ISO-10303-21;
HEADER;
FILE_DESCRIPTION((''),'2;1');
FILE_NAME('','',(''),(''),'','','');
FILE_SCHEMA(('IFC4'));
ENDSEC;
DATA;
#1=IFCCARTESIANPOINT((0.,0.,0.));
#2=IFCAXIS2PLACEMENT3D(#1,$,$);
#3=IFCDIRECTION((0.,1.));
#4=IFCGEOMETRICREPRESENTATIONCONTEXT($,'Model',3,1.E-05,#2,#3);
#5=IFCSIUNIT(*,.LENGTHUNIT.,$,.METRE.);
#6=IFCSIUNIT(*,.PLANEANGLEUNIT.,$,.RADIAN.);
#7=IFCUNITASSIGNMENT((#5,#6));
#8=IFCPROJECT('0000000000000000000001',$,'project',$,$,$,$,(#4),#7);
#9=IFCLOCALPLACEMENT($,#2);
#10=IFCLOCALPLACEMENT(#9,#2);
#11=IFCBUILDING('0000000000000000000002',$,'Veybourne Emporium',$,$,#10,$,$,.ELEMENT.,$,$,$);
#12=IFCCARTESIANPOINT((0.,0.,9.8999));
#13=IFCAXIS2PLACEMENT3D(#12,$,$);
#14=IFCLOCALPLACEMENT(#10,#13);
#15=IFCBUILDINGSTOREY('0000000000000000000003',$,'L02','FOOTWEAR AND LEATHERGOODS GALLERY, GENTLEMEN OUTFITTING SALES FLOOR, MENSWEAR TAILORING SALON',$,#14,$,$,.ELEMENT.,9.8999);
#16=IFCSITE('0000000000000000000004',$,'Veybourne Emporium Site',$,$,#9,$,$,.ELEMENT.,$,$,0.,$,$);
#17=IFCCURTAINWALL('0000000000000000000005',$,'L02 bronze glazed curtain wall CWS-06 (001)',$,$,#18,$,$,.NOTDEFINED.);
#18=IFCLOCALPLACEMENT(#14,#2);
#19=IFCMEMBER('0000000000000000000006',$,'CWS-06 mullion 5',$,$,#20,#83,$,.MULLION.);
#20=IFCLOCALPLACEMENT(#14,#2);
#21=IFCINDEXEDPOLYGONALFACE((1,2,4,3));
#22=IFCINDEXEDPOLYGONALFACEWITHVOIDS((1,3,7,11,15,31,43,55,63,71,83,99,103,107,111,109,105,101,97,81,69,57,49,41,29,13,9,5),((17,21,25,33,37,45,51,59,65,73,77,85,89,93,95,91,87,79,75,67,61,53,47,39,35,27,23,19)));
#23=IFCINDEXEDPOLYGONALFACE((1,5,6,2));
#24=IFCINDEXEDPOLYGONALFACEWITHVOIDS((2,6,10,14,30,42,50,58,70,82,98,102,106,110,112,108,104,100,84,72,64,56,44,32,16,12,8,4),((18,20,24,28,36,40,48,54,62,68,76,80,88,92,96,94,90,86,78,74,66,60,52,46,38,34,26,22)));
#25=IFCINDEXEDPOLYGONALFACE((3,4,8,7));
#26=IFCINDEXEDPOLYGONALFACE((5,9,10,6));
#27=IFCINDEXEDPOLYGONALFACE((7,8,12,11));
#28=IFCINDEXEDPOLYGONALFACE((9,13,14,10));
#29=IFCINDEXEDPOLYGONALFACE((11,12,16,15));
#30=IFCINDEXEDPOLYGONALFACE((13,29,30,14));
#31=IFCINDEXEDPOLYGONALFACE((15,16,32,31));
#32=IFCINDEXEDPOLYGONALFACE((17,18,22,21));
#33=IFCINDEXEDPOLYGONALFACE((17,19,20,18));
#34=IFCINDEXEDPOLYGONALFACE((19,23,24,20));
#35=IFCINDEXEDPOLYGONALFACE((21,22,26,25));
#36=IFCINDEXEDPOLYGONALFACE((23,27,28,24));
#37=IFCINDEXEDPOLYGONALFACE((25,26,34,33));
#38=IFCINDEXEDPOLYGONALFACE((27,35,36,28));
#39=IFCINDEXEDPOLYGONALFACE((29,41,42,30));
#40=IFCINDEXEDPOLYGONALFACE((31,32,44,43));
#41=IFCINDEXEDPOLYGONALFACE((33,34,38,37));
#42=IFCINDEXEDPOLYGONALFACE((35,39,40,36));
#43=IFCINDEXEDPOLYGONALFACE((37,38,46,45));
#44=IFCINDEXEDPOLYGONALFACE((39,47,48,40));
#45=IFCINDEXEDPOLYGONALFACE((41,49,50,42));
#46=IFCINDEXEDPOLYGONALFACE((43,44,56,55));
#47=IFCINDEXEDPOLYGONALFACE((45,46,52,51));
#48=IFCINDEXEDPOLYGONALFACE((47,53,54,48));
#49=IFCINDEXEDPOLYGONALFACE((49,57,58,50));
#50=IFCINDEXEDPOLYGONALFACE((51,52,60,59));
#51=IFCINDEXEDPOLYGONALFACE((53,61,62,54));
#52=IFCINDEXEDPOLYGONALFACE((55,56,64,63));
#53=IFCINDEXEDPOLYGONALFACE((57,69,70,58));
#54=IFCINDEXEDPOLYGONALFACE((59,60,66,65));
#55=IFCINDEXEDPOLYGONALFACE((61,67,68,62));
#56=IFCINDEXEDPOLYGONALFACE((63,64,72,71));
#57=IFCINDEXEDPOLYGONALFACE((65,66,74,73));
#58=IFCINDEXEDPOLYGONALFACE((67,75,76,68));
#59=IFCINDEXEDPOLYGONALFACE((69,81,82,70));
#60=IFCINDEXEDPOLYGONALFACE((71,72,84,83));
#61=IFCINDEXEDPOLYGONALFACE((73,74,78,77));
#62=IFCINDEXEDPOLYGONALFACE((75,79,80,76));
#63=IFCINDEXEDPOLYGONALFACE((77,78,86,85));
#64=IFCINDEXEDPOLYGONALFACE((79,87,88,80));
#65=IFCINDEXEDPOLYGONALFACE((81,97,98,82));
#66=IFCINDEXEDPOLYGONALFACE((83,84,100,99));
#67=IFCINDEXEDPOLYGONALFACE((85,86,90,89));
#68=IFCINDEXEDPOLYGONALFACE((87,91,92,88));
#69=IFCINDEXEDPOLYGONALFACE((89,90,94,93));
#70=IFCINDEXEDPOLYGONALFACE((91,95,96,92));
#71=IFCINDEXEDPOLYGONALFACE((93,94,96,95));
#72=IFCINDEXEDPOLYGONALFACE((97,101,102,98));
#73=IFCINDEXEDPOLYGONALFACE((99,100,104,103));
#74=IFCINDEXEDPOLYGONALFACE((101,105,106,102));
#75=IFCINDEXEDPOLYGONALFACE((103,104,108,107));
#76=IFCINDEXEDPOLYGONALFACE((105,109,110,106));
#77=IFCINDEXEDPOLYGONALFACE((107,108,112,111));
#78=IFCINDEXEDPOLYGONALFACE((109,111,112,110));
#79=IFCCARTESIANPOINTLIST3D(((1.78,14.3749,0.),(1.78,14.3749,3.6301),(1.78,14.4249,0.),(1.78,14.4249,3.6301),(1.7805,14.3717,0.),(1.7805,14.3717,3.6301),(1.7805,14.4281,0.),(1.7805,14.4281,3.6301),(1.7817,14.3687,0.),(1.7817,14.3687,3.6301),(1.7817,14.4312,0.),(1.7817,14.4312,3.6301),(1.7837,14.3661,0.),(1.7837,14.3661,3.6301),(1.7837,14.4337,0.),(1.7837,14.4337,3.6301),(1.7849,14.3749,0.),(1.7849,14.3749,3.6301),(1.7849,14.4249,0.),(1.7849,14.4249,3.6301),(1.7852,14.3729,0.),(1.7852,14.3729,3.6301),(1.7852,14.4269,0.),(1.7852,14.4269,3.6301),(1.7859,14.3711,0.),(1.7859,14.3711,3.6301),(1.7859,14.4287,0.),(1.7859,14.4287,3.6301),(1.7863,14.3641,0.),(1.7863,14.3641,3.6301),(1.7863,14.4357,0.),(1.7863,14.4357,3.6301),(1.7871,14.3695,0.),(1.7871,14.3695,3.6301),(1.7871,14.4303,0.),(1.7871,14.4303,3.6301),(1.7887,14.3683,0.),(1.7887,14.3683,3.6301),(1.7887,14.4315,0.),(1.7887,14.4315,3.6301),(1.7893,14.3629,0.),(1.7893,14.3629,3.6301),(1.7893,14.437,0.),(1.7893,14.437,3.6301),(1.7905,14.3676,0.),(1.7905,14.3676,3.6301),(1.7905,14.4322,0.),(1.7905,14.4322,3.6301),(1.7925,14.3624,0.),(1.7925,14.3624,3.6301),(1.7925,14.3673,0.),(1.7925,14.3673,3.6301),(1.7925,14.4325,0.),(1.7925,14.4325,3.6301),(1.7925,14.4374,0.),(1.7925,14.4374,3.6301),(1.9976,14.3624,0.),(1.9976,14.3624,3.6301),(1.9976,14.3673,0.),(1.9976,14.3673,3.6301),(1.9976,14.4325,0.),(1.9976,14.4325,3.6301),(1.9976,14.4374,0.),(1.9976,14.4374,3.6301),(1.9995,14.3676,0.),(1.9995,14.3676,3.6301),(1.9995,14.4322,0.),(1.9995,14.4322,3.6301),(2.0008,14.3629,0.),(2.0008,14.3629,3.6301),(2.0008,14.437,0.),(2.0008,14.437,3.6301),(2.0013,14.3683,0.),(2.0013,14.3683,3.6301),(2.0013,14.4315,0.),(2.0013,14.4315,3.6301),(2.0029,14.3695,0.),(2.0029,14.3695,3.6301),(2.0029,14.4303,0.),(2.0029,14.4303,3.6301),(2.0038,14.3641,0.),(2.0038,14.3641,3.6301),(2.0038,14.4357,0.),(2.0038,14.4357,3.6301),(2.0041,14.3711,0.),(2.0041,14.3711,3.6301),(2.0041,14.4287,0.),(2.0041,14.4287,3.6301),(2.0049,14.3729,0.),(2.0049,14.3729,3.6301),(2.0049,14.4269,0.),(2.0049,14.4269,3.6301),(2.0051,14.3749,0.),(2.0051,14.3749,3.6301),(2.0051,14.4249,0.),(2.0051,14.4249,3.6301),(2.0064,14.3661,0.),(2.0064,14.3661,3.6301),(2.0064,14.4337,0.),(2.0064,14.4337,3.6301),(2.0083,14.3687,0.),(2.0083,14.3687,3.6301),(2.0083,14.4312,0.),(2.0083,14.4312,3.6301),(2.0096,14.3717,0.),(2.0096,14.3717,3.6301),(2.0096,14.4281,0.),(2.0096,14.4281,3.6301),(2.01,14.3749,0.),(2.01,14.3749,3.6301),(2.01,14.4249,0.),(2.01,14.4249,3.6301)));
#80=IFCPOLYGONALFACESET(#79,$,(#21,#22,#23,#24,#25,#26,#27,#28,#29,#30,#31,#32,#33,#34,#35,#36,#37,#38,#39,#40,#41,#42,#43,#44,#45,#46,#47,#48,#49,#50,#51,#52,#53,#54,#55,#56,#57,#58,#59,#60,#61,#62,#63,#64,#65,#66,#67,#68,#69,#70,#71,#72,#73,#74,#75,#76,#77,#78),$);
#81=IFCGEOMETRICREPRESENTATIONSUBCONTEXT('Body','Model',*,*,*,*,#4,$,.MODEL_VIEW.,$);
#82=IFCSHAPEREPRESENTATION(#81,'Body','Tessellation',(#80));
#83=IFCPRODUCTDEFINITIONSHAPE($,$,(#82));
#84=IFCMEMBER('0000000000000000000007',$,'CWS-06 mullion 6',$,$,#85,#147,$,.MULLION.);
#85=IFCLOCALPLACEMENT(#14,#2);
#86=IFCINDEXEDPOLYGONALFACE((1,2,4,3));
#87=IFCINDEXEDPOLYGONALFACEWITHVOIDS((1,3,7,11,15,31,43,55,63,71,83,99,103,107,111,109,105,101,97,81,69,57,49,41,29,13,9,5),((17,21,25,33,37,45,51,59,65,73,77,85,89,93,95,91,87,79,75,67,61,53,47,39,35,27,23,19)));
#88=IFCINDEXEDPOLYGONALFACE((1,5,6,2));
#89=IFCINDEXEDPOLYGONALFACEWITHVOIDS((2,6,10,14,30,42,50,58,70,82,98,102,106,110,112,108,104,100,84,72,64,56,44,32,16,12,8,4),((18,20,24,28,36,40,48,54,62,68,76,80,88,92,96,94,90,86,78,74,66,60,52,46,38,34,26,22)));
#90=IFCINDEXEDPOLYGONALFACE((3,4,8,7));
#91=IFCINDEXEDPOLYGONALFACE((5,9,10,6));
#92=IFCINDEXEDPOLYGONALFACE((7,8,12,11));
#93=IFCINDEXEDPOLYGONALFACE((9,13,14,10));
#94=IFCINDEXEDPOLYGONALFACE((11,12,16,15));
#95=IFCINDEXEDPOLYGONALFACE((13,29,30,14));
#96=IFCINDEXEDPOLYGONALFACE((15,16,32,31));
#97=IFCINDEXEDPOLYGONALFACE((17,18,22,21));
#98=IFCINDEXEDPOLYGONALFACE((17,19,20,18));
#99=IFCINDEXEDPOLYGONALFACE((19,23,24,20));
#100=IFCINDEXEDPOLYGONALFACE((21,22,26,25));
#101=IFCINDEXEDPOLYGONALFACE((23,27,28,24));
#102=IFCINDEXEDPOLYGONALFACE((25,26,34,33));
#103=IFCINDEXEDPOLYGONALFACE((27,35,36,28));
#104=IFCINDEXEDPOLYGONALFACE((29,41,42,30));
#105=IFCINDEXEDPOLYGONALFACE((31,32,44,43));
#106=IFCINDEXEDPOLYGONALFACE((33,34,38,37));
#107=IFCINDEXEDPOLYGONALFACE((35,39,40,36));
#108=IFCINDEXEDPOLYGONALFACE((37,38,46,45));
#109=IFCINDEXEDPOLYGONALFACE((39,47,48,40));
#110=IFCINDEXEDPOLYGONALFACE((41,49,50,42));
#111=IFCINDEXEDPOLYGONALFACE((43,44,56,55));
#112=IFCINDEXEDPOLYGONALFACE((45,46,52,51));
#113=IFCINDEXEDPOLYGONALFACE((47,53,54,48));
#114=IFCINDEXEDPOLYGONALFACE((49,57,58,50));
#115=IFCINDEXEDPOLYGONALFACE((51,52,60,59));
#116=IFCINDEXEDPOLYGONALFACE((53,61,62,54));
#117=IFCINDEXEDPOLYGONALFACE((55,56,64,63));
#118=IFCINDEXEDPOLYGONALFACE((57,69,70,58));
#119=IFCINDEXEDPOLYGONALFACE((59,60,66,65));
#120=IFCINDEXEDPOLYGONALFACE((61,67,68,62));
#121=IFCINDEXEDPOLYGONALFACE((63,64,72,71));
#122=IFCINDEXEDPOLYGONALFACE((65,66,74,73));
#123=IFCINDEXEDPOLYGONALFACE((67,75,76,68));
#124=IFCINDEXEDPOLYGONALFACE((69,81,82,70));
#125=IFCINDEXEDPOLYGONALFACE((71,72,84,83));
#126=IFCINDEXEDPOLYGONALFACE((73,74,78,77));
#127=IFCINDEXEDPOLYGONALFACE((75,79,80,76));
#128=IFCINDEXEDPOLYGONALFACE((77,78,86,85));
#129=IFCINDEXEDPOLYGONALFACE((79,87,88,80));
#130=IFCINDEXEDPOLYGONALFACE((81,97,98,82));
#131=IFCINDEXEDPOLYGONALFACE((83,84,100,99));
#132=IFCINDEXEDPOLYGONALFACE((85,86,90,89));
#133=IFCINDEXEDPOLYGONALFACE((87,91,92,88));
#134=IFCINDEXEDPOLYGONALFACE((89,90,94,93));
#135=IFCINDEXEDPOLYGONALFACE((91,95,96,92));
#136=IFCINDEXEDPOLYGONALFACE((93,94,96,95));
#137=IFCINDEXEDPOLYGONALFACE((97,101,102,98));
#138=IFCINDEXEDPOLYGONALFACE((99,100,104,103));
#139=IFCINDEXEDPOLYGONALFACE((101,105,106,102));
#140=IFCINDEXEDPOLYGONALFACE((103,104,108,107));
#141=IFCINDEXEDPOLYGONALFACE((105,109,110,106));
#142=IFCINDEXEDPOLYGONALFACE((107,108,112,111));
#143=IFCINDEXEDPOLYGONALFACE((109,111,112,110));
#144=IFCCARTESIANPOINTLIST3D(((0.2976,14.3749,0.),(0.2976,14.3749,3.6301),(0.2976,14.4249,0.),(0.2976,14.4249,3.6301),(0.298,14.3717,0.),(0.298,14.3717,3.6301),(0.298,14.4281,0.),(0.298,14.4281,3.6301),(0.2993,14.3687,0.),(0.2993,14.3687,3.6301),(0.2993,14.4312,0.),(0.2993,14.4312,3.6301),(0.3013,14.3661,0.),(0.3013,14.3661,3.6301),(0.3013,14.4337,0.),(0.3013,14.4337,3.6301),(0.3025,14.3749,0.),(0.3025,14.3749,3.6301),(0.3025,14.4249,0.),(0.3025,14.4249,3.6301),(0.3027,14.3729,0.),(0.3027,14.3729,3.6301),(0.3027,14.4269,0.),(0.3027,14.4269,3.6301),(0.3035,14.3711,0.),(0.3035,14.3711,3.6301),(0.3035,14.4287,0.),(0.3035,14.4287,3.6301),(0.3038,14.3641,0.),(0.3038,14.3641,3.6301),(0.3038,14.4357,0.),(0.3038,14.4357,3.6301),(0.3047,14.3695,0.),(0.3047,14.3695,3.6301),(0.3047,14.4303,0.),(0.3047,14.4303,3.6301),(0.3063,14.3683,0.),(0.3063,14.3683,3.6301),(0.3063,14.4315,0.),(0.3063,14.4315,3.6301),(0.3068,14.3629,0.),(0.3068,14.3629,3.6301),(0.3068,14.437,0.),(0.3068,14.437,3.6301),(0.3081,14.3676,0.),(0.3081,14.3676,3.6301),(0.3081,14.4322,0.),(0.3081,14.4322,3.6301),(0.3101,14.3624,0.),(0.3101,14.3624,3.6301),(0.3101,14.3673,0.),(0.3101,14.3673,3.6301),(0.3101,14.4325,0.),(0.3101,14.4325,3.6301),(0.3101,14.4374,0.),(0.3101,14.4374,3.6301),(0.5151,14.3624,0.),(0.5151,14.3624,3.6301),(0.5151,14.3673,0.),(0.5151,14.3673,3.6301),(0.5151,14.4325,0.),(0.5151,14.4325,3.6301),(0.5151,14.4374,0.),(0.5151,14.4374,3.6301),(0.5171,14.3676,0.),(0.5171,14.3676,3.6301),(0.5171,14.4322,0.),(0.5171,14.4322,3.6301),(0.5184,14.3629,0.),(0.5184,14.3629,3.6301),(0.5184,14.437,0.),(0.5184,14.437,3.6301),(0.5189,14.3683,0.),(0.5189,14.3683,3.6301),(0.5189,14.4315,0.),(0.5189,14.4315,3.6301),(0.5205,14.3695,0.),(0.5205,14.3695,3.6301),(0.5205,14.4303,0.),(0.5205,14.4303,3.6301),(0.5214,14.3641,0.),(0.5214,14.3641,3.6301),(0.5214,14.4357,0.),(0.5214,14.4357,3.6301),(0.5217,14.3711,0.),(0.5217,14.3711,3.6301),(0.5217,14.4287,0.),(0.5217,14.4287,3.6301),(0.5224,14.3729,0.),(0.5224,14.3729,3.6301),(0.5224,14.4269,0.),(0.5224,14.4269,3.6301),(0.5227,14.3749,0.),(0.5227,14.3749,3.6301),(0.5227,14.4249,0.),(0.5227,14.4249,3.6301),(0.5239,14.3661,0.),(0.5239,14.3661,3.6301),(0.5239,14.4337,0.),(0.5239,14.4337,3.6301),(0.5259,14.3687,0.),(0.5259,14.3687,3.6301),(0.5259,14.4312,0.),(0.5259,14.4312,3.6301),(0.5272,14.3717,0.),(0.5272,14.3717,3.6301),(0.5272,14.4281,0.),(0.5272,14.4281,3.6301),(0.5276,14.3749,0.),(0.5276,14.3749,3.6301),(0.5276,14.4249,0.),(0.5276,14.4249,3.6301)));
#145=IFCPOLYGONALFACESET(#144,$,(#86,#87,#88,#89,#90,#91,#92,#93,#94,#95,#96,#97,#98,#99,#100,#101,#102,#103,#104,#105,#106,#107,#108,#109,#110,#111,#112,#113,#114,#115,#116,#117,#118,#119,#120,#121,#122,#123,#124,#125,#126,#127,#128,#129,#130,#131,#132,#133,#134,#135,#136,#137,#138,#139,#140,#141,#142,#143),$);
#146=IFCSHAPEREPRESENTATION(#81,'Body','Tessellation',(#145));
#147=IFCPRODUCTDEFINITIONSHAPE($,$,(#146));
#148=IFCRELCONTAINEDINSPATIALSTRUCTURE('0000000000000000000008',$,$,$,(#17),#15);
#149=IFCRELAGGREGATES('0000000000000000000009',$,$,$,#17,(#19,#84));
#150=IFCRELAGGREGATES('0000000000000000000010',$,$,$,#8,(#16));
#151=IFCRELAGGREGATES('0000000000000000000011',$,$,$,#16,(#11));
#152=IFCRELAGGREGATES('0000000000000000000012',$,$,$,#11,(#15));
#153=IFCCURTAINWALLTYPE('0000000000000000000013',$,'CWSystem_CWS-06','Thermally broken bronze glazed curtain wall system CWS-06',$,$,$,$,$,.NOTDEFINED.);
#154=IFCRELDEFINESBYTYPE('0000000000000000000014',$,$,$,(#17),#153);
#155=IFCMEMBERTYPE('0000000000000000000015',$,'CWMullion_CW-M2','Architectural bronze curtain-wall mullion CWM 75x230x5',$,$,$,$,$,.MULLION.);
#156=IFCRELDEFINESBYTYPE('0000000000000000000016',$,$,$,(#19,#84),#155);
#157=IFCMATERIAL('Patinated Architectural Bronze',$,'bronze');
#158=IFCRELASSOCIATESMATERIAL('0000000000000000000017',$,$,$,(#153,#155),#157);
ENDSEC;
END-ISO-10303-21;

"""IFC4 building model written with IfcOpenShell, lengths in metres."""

from ifc_helpers import new_model, si_unit, direction, frame, origin, origin_2d, place, context, subcontext, project, spatial, hollow_rectangle, extrude, material, material_profile, profile_set, type_object, element, aggregate, save


model = new_model("IFC4")

# Units and contexts
model_context = context("Model", 3, precision=1e-05, world=origin(), true_north=direction((0.0, 1.0)))
body_context = subcontext(model_context, "Body", "Model", "MODEL_VIEW")
ifc_project = project(units=[si_unit("LENGTHUNIT", "METRE"), si_unit("PLANEANGLEUNIT", "RADIAN")], contexts=[model_context])

# Site, building, storey
site_placement = place(None, origin())
site = spatial("IfcSite", under=ifc_project, at=site_placement, Name="Veybourne Emporium Site", CompositionType="ELEMENT", RefElevation=0.0)
building_placement = place(site_placement, origin())
building = spatial("IfcBuilding", under=site, at=building_placement, Name="Veybourne Emporium", CompositionType="ELEMENT")
storey_placement = place(building_placement, frame((0.0, 0.0, 9.8999)))
storey = spatial("IfcBuildingStorey", under=building, at=storey_placement, Name="L02", Description="FOOTWEAR AND LEATHERGOODS GALLERY, GENTLEMEN OUTFITTING SALES FLOOR, MENSWEAR TAILORING SALON", CompositionType="ELEMENT", Elevation=9.8999)

# Curtain wall, members
ifc_material_1 = material(Name="Patinated Architectural Bronze", Category="bronze")
curtain_wall_type = type_object("IfcCurtainWallType", Name="CWSystem_CWS-06", Description="Thermally broken bronze glazed curtain wall system CWS-06", PredefinedType="NOTDEFINED", material=ifc_material_1)
curtain_wall_placement = place(storey_placement, origin())
curtain_wall = element("IfcCurtainWall", 1, at=curtain_wall_placement, inside=storey, type_object=curtain_wall_type, Name="L02 bronze glazed curtain wall CWS-06 (001)", PredefinedType="NOTDEFINED")
ifc_material_profile_1 = material_profile(ifc_material_1, hollow_rectangle(XDim=0.075, YDim=0.23, WallThickness=0.0049, InnerFilletRadius=0.0076, OuterFilletRadius=0.0125, at=origin_2d()), Name="CWM 75x230x5")
ifc_profile_set_1 = profile_set([ifc_material_profile_1], Name="Patinated Architectural Bronze")
member_type_1 = type_object("IfcMemberType", Name="CWMullion_CW-M2", Description="Architectural bronze curtain-wall mullion CWM 75x230x5", PredefinedType="MULLION", material=ifc_profile_set_1)
member_1_placement = place(storey_placement, frame((1.895, 14.3999, 0.0), z_axis=(0.0, 0.0, 1.0), x_axis=(0.0, -1.0, 0.0)))
member_1 = element("IfcMember", 2, at=member_1_placement, type_object=member_type_1, Name="CWS-06 mullion 5", PredefinedType="MULLION", context=body_context, shape_type="SweptSolid", body=[
    extrude(hollow_rectangle(XDim=0.075, YDim=0.23, WallThickness=0.0049, InnerFilletRadius=0.0076, OuterFilletRadius=0.0125, at=origin_2d()), origin(), (0.0, 0.0, 1.0), 3.6301),
])
member_2_placement = place(storey_placement, frame((0.4126, 14.3999, 0.0), z_axis=(0.0, 0.0, 1.0), x_axis=(0.0, -1.0, 0.0)))
member_2 = element("IfcMember", 3, at=member_2_placement, type_object=member_type_1, Name="CWS-06 mullion 6", PredefinedType="MULLION", context=body_context, shape_type="SweptSolid", body=[
    extrude(hollow_rectangle(XDim=0.075, YDim=0.23, WallThickness=0.0049, InnerFilletRadius=0.0076, OuterFilletRadius=0.0125, at=origin_2d()), origin(), (0.0, 0.0, 1.0), 3.6301),
])

aggregate(curtain_wall, [member_1, member_2])

save(model, "model.ifc")
